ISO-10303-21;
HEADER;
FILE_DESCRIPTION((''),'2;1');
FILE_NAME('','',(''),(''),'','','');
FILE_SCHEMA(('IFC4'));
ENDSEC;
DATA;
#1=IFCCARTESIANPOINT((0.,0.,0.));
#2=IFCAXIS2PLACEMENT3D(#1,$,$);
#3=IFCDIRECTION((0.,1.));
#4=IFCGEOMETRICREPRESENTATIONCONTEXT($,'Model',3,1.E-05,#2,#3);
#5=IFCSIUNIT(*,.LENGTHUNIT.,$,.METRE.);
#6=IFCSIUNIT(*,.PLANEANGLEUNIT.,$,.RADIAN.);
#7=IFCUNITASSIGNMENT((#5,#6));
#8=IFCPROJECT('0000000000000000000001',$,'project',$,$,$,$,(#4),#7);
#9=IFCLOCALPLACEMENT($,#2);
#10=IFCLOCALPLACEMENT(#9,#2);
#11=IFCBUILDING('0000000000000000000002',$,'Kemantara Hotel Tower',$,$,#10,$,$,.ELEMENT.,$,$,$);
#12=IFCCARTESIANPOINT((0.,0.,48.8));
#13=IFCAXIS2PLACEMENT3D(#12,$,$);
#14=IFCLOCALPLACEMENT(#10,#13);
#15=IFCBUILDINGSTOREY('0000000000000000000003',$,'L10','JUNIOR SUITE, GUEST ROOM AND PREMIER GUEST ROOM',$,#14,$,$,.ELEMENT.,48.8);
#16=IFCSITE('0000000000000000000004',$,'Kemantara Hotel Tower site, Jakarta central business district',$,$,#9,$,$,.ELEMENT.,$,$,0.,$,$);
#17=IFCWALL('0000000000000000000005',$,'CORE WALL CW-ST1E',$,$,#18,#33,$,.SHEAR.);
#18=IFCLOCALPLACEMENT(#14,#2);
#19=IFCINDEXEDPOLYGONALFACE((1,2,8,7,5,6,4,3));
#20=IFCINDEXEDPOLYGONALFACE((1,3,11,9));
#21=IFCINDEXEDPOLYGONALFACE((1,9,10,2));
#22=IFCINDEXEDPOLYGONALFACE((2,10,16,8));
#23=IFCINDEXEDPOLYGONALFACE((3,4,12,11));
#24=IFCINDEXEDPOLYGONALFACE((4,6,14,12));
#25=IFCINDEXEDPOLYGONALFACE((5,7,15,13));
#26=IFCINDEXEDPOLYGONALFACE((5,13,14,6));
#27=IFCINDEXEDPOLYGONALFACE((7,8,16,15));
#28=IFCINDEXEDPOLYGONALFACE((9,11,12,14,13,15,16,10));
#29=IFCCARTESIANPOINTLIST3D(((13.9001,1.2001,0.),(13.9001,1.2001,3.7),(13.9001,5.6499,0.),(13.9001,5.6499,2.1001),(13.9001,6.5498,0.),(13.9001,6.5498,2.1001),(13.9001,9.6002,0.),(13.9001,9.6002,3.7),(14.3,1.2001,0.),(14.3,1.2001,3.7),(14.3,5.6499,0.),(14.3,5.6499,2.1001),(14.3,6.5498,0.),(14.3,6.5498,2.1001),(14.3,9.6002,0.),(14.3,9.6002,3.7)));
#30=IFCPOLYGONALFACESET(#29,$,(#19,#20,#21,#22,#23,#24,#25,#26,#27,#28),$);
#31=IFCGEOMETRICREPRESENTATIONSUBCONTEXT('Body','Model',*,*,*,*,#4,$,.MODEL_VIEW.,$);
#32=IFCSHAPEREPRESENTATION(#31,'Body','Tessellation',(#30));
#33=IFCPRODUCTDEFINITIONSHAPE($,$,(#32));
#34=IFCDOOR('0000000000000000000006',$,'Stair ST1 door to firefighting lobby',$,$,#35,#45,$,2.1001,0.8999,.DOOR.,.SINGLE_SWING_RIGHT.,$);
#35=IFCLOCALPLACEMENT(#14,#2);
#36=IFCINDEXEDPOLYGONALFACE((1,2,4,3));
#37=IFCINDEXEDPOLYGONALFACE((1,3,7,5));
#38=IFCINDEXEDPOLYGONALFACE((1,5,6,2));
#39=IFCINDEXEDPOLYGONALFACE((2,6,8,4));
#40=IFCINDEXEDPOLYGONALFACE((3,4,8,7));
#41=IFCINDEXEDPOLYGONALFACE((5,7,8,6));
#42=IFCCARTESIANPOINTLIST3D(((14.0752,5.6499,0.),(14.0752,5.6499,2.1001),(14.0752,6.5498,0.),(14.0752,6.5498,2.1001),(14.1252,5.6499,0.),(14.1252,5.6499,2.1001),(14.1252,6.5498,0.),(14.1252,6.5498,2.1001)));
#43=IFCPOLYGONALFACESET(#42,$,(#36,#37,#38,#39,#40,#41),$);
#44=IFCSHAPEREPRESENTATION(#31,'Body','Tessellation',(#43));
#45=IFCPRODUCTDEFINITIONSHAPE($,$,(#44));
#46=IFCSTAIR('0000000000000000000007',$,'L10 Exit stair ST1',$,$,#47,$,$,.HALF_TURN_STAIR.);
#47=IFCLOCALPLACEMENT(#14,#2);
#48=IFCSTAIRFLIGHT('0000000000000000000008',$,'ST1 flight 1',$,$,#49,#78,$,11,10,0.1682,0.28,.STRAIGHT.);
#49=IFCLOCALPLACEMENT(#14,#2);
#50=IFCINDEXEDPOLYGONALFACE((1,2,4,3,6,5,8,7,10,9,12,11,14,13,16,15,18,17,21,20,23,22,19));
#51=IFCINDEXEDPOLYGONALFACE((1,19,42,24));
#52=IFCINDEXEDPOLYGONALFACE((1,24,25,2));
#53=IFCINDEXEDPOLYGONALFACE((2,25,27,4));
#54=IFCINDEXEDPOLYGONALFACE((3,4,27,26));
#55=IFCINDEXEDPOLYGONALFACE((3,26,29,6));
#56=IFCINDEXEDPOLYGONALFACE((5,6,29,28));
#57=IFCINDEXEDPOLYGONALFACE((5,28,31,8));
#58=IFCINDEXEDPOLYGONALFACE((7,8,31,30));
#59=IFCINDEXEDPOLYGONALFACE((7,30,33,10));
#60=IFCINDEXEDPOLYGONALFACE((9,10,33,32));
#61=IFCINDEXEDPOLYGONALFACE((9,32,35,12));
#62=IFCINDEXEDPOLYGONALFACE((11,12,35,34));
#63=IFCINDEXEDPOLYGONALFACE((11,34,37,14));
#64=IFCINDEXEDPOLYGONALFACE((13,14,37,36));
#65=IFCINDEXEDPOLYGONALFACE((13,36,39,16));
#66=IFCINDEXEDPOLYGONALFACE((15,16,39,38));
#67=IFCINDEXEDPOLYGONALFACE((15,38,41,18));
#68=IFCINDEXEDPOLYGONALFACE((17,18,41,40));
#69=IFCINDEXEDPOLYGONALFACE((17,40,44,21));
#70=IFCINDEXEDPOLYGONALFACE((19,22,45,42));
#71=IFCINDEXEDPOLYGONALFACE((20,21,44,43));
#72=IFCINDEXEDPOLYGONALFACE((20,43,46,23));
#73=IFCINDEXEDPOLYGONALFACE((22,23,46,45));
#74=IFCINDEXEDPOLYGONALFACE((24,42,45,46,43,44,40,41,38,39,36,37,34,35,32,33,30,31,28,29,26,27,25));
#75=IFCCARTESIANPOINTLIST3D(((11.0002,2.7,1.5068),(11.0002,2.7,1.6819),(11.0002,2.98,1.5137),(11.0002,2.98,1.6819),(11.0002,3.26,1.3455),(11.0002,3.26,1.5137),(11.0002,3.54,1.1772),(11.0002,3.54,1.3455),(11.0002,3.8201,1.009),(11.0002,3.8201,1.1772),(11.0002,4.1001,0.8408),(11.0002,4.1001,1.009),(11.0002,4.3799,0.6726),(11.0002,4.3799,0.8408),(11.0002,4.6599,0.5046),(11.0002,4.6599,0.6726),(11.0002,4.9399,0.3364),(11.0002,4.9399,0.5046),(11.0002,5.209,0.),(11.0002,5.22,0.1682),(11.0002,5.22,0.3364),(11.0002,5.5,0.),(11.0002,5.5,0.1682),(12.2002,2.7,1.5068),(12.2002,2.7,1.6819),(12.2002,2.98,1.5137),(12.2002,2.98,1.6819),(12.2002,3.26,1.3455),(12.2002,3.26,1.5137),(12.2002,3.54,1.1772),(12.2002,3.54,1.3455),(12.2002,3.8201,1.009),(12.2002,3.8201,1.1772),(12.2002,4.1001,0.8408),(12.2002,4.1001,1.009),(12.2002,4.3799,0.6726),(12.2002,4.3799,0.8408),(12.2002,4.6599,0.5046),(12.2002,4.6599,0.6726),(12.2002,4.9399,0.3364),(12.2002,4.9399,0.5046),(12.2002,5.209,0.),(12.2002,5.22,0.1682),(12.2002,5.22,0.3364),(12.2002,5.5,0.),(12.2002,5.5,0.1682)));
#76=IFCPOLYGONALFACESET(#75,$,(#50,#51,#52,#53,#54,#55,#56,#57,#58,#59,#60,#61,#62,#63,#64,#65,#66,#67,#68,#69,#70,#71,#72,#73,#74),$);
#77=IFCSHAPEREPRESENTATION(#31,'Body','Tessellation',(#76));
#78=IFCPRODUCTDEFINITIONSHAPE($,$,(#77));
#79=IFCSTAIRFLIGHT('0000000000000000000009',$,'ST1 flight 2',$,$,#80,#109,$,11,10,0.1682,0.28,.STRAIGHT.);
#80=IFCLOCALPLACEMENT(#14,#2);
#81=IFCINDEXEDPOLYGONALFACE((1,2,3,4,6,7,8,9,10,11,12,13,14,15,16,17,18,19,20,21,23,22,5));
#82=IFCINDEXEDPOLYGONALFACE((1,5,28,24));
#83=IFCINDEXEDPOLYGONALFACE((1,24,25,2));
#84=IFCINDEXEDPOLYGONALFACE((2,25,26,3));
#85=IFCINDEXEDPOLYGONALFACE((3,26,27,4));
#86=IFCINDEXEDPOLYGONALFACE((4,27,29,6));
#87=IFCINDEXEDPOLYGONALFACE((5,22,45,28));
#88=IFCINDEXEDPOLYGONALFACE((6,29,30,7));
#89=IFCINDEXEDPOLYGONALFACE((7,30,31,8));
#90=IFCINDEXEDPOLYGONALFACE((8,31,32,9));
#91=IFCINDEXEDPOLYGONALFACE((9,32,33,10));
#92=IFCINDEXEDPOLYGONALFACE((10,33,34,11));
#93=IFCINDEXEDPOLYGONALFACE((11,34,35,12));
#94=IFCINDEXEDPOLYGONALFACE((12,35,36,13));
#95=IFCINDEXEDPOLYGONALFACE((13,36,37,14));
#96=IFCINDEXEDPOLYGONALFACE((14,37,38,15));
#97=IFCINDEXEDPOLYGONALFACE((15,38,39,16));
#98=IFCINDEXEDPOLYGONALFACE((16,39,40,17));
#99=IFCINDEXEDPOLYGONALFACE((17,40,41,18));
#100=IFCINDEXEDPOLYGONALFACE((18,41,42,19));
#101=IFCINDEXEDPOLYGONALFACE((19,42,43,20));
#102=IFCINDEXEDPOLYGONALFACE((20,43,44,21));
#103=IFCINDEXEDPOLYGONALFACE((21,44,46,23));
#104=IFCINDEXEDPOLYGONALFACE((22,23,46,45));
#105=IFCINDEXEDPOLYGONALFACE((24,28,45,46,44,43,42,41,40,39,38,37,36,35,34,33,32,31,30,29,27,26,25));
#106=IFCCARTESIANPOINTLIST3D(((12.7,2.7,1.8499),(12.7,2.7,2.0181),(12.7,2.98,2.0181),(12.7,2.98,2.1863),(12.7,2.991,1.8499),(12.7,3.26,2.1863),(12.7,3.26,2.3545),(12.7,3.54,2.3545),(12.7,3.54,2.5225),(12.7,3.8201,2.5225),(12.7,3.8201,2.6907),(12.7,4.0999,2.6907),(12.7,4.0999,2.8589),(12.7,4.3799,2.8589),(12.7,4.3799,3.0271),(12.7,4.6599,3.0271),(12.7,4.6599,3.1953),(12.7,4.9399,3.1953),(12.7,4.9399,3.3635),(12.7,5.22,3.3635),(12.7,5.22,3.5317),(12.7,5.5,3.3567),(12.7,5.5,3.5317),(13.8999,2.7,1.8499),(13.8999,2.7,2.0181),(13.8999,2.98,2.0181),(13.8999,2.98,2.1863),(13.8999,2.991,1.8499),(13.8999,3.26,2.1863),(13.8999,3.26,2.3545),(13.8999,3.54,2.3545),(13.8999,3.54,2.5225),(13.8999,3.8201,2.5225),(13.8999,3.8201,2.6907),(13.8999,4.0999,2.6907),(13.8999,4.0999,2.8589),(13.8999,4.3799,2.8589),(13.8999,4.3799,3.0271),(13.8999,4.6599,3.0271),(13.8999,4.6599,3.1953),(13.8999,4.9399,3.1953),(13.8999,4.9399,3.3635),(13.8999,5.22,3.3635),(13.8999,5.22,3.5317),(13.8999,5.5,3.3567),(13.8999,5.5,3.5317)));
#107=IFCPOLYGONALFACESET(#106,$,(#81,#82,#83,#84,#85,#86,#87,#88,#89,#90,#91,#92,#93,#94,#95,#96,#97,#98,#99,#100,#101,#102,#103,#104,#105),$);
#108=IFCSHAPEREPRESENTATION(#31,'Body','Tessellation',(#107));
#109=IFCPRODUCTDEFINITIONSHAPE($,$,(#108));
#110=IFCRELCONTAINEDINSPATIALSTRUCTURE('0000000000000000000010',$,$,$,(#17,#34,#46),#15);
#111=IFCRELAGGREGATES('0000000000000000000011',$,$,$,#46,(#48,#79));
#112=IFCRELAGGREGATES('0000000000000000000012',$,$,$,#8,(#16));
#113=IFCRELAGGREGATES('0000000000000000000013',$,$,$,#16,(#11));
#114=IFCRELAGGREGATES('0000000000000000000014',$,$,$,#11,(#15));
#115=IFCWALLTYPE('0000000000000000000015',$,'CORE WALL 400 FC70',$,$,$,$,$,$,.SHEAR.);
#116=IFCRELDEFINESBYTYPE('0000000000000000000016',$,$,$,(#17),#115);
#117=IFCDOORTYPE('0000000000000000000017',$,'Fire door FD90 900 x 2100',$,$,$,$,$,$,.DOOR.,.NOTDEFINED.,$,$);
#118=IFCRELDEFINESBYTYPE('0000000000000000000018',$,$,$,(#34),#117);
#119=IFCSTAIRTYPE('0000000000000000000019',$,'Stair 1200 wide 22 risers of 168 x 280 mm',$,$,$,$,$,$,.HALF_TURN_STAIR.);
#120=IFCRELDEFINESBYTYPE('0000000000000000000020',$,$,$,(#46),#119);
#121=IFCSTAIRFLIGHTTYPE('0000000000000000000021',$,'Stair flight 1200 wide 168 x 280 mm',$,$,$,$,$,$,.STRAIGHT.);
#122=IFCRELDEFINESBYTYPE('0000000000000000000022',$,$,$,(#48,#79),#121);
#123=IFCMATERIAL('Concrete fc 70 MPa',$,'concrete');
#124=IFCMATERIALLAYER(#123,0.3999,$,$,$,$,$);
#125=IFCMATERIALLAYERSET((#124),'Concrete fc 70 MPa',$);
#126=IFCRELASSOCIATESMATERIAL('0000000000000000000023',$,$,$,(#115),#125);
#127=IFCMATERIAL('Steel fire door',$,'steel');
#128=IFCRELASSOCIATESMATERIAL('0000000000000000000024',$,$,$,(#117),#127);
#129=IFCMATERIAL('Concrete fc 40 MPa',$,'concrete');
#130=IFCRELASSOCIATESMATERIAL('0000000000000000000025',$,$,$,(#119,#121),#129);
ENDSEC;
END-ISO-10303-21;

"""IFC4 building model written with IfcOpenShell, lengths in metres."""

from ifc_helpers import new_model, si_unit, direction, frame, frame_2d, origin, place, context, subcontext, project, spatial, polyline, rectangle, outline, extrude, material, layer, layer_set, type_object, element, fill, aggregate, save


model = new_model("IFC4")

# Units and contexts
model_context = context("Model", 3, precision=1e-05, world=origin(), true_north=direction((0.0, 1.0)))
body_context = subcontext(model_context, "Body", "Model", "MODEL_VIEW")
ifc_project = project(units=[si_unit("LENGTHUNIT", "METRE"), si_unit("PLANEANGLEUNIT", "RADIAN")], contexts=[model_context])

# Site, building, storey
site_placement = place(None, origin())
site = spatial("IfcSite", under=ifc_project, at=site_placement, Name="Kemantara Hotel Tower site, Jakarta central business district", CompositionType="ELEMENT", RefElevation=0.0)
building_placement = place(site_placement, origin())
building = spatial("IfcBuilding", under=site, at=building_placement, Name="Kemantara Hotel Tower", CompositionType="ELEMENT")
storey_placement = place(building_placement, frame((0.0, 0.0, 48.8)))
storey = spatial("IfcBuildingStorey", under=building, at=storey_placement, Name="L10", Description="JUNIOR SUITE, GUEST ROOM AND PREMIER GUEST ROOM", CompositionType="ELEMENT", Elevation=48.8)

# Shared definitions
ifc_material_1 = material(Name="Concrete fc 70 MPa", Category="concrete")

# Shared definitions
ifc_layer_1 = layer(ifc_material_1, 0.3999)
ifc_layer_set_1 = layer_set([ifc_layer_1], Name="Concrete fc 70 MPa")
wall_type_1 = type_object("IfcWallType", Name="CORE WALL 400 FC70", PredefinedType="SHEAR", material=ifc_layer_set_1)
ifc_material_2 = material(Name="Steel fire door", Category="steel")

# Wall, opening, door
wall_1_placement = place(storey_placement, frame((14.1001, 1.2, 0.0), z_axis=(0.0, 0.0, 1.0), x_axis=(0.0, 1.0, 0.0)))
wall_1 = element("IfcWall", 1, at=wall_1_placement, inside=storey, type_object=wall_type_1, Name="CORE WALL CW-ST1E", PredefinedType="SHEAR", context=body_context, shape_type="SweptSolid", body=[
    extrude(rectangle(XDim=8.4001, YDim=0.3999, at=frame_2d((4.2002, 0.0))), origin(), (0.0, 0.0, 1.0), 3.7),
])
opening_1_placement = place(wall_1_placement, frame((4.45, 0.0, 0.0)))
opening_1 = element("IfcOpeningElement", 2, at=opening_1_placement, cuts=wall_1, PredefinedType="OPENING", context=body_context, shape_type="SweptSolid", body=[
    extrude(rectangle(XDim=0.8999, YDim=2.1001, at=frame_2d((0.45, 1.05))), frame((0.0, 0.21, 0.0), z_axis=(0.0, -1.0, 0.0), x_axis=(1.0, 0.0, 0.0)), (0.0, 0.0, 1.0), 0.4199),
])
door_type_1 = type_object("IfcDoorType", Name="Fire door FD90 900 x 2100", OperationType="NOTDEFINED", PredefinedType="DOOR", material=ifc_material_2)
door_1_placement = place(opening_1_placement, origin())
door_1 = element("IfcDoor", 3, at=door_1_placement, inside=storey, type_object=door_type_1, Name="Stair ST1 door to firefighting lobby", OperationType="SINGLE_SWING_RIGHT", OverallHeight=2.1001, OverallWidth=0.8999, PredefinedType="DOOR", context=body_context, shape_type="SweptSolid", body=[
    extrude(rectangle(XDim=0.8999, YDim=2.1001, at=frame_2d((0.45, 1.05))), frame((0.0, 0.0249, 0.0), z_axis=(0.0, -1.0, 0.0), x_axis=(1.0, 0.0, 0.0)), (0.0, 0.0, 1.0), 0.05),
])
fill(opening_1, door_1)

# Stair, stair flights
ifc_material_3 = material(Name="Concrete fc 40 MPa", Category="concrete")
stair_type = type_object("IfcStairType", Name="Stair 1200 wide 22 risers of 168 x 280 mm", PredefinedType="HALF_TURN_STAIR", material=ifc_material_3)
stair_placement = place(storey_placement, origin())
stair = element("IfcStair", 4, at=stair_placement, inside=storey, type_object=stair_type, Name="L10 Exit stair ST1", PredefinedType="HALF_TURN_STAIR")
stair_flight_type = type_object("IfcStairFlightType", Name="Stair flight 1200 wide 168 x 280 mm", PredefinedType="STRAIGHT", material=ifc_material_3)
stair_flight_1_placement = place(storey_placement, frame((11.6001, 5.5, 0.0), z_axis=(0.0, 0.0, 1.0), x_axis=(0.0, -1.0, 0.0)))
stair_flight_1 = element("IfcStairFlight", 5, at=stair_flight_1_placement, type_object=stair_flight_type, Name="ST1 flight 1", NumberOfRisers=11, NumberOfTreads=10, PredefinedType="STRAIGHT", RiserHeight=0.1682, TreadLength=0.28, context=body_context, shape_type="SweptSolid", body=[
    extrude(outline(polyline([(0.0, 0.0), (0.0, 0.1682), (0.28, 0.1682), (0.28, 0.3364), (0.5601, 0.3364), (0.5601, 0.5046), (0.8401, 0.5046), (0.8401, 0.6726), (1.1201, 0.6726), (1.1201, 0.8408), (1.3999, 0.8408), (1.3999, 1.009), (1.6799, 1.009), (1.6799, 1.1772), (1.96, 1.1772), (1.96, 1.3455), (2.24, 1.3455), (2.24, 1.5137), (2.52, 1.5137), (2.52, 1.6819), (2.8, 1.6819), (2.8, 1.8501), (2.8, 1.5068), (0.291, 0.0), (0.0, 0.0)])), frame((0.0, 0.6001, 0.0), z_axis=(0.0, -1.0, 0.0), x_axis=(1.0, 0.0, 0.0)), (0.0, 0.0, 1.0), 1.2),
])
stair_flight_2_placement = place(storey_placement, frame((13.3, 2.7, 1.8499), z_axis=(0.0, 0.0, 1.0), x_axis=(0.0, 1.0, 0.0)))
stair_flight_2 = element("IfcStairFlight", 6, at=stair_flight_2_placement, type_object=stair_flight_type, Name="ST1 flight 2", NumberOfRisers=11, NumberOfTreads=10, PredefinedType="STRAIGHT", RiserHeight=0.1682, TreadLength=0.28, context=body_context, shape_type="SweptSolid", body=[
    extrude(outline(polyline([(0.0, 0.0), (0.0, 0.1682), (0.28, 0.1682), (0.28, 0.3364), (0.5601, 0.3364), (0.5601, 0.5046), (0.8401, 0.5046), (0.8401, 0.6726), (1.1201, 0.6726), (1.1201, 0.8408), (1.3999, 0.8408), (1.3999, 1.009), (1.6799, 1.009), (1.6799, 1.1772), (1.96, 1.1772), (1.96, 1.3455), (2.24, 1.3455), (2.24, 1.5137), (2.52, 1.5137), (2.52, 1.6819), (2.8, 1.6819), (2.8, 1.8501), (2.8, 1.5068), (0.291, 0.0), (0.0, 0.0)])), frame((0.0, 0.6001, 0.0), z_axis=(0.0, -1.0, 0.0), x_axis=(1.0, 0.0, 0.0)), (0.0, 0.0, 1.0), 1.2),
])
aggregate(stair, [stair_flight_1, stair_flight_2])

save(model, "model.ifc")
